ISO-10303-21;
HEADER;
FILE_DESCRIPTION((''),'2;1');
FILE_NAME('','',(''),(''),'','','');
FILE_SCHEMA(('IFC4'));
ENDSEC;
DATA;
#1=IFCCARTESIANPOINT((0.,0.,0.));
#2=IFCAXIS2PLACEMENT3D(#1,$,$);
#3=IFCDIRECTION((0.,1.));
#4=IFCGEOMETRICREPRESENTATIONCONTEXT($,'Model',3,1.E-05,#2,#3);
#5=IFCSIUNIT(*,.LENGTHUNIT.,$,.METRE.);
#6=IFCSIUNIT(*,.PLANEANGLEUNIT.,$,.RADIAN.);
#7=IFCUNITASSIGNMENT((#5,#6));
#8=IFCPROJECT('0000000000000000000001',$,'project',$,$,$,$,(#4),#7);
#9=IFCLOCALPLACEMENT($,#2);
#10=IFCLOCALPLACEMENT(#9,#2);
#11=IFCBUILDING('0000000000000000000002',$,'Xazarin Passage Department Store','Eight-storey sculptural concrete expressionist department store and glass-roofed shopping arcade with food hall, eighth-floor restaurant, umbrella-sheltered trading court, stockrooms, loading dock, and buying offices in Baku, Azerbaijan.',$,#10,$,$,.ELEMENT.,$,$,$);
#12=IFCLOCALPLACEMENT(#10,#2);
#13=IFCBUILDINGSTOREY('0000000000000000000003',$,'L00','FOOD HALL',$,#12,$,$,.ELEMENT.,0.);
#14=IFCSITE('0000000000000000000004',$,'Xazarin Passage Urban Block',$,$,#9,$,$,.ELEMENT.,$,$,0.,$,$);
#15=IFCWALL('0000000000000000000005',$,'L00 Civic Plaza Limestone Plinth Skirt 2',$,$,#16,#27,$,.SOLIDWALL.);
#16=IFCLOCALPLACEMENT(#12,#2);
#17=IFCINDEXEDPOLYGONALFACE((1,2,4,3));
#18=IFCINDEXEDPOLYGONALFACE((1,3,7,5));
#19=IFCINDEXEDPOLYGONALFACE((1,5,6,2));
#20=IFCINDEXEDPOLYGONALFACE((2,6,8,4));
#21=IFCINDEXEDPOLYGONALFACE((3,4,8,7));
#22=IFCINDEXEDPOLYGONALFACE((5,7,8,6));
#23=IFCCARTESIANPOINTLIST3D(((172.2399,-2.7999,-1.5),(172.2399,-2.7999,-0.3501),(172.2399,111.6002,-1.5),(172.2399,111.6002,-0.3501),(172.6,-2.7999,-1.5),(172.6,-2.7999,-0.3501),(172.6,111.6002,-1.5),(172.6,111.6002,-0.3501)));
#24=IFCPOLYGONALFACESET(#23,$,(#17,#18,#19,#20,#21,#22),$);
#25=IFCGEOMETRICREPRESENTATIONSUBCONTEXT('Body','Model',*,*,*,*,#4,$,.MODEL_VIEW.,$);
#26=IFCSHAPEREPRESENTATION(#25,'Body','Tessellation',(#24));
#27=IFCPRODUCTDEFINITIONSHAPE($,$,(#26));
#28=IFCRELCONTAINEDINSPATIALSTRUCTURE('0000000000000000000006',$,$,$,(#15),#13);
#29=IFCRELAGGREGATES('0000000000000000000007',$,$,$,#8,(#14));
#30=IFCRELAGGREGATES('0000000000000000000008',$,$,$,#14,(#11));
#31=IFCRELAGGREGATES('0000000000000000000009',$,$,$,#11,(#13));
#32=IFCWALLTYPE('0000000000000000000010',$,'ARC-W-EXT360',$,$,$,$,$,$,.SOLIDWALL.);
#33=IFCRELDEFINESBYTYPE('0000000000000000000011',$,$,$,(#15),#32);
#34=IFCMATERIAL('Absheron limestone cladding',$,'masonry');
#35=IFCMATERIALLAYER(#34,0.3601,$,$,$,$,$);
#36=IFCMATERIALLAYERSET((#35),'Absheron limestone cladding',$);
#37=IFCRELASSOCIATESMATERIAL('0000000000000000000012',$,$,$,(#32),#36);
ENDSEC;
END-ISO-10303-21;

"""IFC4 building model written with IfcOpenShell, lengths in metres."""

from ifc_helpers import new_model, si_unit, direction, frame, frame_2d, origin, place, context, subcontext, project, spatial, rectangle, extrude, material, layer, layer_set, type_object, element, save


model = new_model("IFC4")

# Units and contexts
model_context = context("Model", 3, precision=1e-05, world=origin(), true_north=direction((0.0, 1.0)))
body_context = subcontext(model_context, "Body", "Model", "MODEL_VIEW")
ifc_project = project(units=[si_unit("LENGTHUNIT", "METRE"), si_unit("PLANEANGLEUNIT", "RADIAN")], contexts=[model_context])

# Site, building, storey
site_placement = place(None, origin())
site = spatial("IfcSite", under=ifc_project, at=site_placement, Name="Xazarin Passage Urban Block", CompositionType="ELEMENT", RefElevation=0.0)
building_placement = place(site_placement, origin())
building = spatial("IfcBuilding", under=site, at=building_placement, Name="Xazarin Passage Department Store", Description="Eight-storey sculptural concrete expressionist department store and glass-roofed shopping arcade with food hall, eighth-floor restaurant, umbrella-sheltered trading court, stockrooms, loading dock, and buying offices in Baku, Azerbaijan.", CompositionType="ELEMENT")
storey_placement = place(building_placement, origin())
storey = spatial("IfcBuildingStorey", under=building, at=storey_placement, Name="L00", Description="FOOD HALL", CompositionType="ELEMENT", Elevation=0.0)

# Wall
ifc_material_1 = material(Name="Absheron limestone cladding", Category="masonry")
ifc_layer = layer(ifc_material_1, 0.3601)
ifc_layer_set = layer_set([ifc_layer], Name="Absheron limestone cladding")
wall_type = type_object("IfcWallType", Name="ARC-W-EXT360", PredefinedType="SOLIDWALL", material=ifc_layer_set)
wall_placement = place(storey_placement, frame((172.4199, -2.8, -1.5), z_axis=(0.0, 0.0, 1.0), x_axis=(0.0, 1.0, 0.0)))
element("IfcWall", 1, at=wall_placement, inside=storey, type_object=wall_type, Name="L00 Civic Plaza Limestone Plinth Skirt 2", PredefinedType="SOLIDWALL", context=body_context, shape_type="SweptSolid", body=[
    extrude(rectangle(XDim=114.4001, YDim=0.3601, at=frame_2d((57.2002, 0.0))), origin(), (0.0, 0.0, 1.0), 1.1499),
])

save(model, "model.ifc")
